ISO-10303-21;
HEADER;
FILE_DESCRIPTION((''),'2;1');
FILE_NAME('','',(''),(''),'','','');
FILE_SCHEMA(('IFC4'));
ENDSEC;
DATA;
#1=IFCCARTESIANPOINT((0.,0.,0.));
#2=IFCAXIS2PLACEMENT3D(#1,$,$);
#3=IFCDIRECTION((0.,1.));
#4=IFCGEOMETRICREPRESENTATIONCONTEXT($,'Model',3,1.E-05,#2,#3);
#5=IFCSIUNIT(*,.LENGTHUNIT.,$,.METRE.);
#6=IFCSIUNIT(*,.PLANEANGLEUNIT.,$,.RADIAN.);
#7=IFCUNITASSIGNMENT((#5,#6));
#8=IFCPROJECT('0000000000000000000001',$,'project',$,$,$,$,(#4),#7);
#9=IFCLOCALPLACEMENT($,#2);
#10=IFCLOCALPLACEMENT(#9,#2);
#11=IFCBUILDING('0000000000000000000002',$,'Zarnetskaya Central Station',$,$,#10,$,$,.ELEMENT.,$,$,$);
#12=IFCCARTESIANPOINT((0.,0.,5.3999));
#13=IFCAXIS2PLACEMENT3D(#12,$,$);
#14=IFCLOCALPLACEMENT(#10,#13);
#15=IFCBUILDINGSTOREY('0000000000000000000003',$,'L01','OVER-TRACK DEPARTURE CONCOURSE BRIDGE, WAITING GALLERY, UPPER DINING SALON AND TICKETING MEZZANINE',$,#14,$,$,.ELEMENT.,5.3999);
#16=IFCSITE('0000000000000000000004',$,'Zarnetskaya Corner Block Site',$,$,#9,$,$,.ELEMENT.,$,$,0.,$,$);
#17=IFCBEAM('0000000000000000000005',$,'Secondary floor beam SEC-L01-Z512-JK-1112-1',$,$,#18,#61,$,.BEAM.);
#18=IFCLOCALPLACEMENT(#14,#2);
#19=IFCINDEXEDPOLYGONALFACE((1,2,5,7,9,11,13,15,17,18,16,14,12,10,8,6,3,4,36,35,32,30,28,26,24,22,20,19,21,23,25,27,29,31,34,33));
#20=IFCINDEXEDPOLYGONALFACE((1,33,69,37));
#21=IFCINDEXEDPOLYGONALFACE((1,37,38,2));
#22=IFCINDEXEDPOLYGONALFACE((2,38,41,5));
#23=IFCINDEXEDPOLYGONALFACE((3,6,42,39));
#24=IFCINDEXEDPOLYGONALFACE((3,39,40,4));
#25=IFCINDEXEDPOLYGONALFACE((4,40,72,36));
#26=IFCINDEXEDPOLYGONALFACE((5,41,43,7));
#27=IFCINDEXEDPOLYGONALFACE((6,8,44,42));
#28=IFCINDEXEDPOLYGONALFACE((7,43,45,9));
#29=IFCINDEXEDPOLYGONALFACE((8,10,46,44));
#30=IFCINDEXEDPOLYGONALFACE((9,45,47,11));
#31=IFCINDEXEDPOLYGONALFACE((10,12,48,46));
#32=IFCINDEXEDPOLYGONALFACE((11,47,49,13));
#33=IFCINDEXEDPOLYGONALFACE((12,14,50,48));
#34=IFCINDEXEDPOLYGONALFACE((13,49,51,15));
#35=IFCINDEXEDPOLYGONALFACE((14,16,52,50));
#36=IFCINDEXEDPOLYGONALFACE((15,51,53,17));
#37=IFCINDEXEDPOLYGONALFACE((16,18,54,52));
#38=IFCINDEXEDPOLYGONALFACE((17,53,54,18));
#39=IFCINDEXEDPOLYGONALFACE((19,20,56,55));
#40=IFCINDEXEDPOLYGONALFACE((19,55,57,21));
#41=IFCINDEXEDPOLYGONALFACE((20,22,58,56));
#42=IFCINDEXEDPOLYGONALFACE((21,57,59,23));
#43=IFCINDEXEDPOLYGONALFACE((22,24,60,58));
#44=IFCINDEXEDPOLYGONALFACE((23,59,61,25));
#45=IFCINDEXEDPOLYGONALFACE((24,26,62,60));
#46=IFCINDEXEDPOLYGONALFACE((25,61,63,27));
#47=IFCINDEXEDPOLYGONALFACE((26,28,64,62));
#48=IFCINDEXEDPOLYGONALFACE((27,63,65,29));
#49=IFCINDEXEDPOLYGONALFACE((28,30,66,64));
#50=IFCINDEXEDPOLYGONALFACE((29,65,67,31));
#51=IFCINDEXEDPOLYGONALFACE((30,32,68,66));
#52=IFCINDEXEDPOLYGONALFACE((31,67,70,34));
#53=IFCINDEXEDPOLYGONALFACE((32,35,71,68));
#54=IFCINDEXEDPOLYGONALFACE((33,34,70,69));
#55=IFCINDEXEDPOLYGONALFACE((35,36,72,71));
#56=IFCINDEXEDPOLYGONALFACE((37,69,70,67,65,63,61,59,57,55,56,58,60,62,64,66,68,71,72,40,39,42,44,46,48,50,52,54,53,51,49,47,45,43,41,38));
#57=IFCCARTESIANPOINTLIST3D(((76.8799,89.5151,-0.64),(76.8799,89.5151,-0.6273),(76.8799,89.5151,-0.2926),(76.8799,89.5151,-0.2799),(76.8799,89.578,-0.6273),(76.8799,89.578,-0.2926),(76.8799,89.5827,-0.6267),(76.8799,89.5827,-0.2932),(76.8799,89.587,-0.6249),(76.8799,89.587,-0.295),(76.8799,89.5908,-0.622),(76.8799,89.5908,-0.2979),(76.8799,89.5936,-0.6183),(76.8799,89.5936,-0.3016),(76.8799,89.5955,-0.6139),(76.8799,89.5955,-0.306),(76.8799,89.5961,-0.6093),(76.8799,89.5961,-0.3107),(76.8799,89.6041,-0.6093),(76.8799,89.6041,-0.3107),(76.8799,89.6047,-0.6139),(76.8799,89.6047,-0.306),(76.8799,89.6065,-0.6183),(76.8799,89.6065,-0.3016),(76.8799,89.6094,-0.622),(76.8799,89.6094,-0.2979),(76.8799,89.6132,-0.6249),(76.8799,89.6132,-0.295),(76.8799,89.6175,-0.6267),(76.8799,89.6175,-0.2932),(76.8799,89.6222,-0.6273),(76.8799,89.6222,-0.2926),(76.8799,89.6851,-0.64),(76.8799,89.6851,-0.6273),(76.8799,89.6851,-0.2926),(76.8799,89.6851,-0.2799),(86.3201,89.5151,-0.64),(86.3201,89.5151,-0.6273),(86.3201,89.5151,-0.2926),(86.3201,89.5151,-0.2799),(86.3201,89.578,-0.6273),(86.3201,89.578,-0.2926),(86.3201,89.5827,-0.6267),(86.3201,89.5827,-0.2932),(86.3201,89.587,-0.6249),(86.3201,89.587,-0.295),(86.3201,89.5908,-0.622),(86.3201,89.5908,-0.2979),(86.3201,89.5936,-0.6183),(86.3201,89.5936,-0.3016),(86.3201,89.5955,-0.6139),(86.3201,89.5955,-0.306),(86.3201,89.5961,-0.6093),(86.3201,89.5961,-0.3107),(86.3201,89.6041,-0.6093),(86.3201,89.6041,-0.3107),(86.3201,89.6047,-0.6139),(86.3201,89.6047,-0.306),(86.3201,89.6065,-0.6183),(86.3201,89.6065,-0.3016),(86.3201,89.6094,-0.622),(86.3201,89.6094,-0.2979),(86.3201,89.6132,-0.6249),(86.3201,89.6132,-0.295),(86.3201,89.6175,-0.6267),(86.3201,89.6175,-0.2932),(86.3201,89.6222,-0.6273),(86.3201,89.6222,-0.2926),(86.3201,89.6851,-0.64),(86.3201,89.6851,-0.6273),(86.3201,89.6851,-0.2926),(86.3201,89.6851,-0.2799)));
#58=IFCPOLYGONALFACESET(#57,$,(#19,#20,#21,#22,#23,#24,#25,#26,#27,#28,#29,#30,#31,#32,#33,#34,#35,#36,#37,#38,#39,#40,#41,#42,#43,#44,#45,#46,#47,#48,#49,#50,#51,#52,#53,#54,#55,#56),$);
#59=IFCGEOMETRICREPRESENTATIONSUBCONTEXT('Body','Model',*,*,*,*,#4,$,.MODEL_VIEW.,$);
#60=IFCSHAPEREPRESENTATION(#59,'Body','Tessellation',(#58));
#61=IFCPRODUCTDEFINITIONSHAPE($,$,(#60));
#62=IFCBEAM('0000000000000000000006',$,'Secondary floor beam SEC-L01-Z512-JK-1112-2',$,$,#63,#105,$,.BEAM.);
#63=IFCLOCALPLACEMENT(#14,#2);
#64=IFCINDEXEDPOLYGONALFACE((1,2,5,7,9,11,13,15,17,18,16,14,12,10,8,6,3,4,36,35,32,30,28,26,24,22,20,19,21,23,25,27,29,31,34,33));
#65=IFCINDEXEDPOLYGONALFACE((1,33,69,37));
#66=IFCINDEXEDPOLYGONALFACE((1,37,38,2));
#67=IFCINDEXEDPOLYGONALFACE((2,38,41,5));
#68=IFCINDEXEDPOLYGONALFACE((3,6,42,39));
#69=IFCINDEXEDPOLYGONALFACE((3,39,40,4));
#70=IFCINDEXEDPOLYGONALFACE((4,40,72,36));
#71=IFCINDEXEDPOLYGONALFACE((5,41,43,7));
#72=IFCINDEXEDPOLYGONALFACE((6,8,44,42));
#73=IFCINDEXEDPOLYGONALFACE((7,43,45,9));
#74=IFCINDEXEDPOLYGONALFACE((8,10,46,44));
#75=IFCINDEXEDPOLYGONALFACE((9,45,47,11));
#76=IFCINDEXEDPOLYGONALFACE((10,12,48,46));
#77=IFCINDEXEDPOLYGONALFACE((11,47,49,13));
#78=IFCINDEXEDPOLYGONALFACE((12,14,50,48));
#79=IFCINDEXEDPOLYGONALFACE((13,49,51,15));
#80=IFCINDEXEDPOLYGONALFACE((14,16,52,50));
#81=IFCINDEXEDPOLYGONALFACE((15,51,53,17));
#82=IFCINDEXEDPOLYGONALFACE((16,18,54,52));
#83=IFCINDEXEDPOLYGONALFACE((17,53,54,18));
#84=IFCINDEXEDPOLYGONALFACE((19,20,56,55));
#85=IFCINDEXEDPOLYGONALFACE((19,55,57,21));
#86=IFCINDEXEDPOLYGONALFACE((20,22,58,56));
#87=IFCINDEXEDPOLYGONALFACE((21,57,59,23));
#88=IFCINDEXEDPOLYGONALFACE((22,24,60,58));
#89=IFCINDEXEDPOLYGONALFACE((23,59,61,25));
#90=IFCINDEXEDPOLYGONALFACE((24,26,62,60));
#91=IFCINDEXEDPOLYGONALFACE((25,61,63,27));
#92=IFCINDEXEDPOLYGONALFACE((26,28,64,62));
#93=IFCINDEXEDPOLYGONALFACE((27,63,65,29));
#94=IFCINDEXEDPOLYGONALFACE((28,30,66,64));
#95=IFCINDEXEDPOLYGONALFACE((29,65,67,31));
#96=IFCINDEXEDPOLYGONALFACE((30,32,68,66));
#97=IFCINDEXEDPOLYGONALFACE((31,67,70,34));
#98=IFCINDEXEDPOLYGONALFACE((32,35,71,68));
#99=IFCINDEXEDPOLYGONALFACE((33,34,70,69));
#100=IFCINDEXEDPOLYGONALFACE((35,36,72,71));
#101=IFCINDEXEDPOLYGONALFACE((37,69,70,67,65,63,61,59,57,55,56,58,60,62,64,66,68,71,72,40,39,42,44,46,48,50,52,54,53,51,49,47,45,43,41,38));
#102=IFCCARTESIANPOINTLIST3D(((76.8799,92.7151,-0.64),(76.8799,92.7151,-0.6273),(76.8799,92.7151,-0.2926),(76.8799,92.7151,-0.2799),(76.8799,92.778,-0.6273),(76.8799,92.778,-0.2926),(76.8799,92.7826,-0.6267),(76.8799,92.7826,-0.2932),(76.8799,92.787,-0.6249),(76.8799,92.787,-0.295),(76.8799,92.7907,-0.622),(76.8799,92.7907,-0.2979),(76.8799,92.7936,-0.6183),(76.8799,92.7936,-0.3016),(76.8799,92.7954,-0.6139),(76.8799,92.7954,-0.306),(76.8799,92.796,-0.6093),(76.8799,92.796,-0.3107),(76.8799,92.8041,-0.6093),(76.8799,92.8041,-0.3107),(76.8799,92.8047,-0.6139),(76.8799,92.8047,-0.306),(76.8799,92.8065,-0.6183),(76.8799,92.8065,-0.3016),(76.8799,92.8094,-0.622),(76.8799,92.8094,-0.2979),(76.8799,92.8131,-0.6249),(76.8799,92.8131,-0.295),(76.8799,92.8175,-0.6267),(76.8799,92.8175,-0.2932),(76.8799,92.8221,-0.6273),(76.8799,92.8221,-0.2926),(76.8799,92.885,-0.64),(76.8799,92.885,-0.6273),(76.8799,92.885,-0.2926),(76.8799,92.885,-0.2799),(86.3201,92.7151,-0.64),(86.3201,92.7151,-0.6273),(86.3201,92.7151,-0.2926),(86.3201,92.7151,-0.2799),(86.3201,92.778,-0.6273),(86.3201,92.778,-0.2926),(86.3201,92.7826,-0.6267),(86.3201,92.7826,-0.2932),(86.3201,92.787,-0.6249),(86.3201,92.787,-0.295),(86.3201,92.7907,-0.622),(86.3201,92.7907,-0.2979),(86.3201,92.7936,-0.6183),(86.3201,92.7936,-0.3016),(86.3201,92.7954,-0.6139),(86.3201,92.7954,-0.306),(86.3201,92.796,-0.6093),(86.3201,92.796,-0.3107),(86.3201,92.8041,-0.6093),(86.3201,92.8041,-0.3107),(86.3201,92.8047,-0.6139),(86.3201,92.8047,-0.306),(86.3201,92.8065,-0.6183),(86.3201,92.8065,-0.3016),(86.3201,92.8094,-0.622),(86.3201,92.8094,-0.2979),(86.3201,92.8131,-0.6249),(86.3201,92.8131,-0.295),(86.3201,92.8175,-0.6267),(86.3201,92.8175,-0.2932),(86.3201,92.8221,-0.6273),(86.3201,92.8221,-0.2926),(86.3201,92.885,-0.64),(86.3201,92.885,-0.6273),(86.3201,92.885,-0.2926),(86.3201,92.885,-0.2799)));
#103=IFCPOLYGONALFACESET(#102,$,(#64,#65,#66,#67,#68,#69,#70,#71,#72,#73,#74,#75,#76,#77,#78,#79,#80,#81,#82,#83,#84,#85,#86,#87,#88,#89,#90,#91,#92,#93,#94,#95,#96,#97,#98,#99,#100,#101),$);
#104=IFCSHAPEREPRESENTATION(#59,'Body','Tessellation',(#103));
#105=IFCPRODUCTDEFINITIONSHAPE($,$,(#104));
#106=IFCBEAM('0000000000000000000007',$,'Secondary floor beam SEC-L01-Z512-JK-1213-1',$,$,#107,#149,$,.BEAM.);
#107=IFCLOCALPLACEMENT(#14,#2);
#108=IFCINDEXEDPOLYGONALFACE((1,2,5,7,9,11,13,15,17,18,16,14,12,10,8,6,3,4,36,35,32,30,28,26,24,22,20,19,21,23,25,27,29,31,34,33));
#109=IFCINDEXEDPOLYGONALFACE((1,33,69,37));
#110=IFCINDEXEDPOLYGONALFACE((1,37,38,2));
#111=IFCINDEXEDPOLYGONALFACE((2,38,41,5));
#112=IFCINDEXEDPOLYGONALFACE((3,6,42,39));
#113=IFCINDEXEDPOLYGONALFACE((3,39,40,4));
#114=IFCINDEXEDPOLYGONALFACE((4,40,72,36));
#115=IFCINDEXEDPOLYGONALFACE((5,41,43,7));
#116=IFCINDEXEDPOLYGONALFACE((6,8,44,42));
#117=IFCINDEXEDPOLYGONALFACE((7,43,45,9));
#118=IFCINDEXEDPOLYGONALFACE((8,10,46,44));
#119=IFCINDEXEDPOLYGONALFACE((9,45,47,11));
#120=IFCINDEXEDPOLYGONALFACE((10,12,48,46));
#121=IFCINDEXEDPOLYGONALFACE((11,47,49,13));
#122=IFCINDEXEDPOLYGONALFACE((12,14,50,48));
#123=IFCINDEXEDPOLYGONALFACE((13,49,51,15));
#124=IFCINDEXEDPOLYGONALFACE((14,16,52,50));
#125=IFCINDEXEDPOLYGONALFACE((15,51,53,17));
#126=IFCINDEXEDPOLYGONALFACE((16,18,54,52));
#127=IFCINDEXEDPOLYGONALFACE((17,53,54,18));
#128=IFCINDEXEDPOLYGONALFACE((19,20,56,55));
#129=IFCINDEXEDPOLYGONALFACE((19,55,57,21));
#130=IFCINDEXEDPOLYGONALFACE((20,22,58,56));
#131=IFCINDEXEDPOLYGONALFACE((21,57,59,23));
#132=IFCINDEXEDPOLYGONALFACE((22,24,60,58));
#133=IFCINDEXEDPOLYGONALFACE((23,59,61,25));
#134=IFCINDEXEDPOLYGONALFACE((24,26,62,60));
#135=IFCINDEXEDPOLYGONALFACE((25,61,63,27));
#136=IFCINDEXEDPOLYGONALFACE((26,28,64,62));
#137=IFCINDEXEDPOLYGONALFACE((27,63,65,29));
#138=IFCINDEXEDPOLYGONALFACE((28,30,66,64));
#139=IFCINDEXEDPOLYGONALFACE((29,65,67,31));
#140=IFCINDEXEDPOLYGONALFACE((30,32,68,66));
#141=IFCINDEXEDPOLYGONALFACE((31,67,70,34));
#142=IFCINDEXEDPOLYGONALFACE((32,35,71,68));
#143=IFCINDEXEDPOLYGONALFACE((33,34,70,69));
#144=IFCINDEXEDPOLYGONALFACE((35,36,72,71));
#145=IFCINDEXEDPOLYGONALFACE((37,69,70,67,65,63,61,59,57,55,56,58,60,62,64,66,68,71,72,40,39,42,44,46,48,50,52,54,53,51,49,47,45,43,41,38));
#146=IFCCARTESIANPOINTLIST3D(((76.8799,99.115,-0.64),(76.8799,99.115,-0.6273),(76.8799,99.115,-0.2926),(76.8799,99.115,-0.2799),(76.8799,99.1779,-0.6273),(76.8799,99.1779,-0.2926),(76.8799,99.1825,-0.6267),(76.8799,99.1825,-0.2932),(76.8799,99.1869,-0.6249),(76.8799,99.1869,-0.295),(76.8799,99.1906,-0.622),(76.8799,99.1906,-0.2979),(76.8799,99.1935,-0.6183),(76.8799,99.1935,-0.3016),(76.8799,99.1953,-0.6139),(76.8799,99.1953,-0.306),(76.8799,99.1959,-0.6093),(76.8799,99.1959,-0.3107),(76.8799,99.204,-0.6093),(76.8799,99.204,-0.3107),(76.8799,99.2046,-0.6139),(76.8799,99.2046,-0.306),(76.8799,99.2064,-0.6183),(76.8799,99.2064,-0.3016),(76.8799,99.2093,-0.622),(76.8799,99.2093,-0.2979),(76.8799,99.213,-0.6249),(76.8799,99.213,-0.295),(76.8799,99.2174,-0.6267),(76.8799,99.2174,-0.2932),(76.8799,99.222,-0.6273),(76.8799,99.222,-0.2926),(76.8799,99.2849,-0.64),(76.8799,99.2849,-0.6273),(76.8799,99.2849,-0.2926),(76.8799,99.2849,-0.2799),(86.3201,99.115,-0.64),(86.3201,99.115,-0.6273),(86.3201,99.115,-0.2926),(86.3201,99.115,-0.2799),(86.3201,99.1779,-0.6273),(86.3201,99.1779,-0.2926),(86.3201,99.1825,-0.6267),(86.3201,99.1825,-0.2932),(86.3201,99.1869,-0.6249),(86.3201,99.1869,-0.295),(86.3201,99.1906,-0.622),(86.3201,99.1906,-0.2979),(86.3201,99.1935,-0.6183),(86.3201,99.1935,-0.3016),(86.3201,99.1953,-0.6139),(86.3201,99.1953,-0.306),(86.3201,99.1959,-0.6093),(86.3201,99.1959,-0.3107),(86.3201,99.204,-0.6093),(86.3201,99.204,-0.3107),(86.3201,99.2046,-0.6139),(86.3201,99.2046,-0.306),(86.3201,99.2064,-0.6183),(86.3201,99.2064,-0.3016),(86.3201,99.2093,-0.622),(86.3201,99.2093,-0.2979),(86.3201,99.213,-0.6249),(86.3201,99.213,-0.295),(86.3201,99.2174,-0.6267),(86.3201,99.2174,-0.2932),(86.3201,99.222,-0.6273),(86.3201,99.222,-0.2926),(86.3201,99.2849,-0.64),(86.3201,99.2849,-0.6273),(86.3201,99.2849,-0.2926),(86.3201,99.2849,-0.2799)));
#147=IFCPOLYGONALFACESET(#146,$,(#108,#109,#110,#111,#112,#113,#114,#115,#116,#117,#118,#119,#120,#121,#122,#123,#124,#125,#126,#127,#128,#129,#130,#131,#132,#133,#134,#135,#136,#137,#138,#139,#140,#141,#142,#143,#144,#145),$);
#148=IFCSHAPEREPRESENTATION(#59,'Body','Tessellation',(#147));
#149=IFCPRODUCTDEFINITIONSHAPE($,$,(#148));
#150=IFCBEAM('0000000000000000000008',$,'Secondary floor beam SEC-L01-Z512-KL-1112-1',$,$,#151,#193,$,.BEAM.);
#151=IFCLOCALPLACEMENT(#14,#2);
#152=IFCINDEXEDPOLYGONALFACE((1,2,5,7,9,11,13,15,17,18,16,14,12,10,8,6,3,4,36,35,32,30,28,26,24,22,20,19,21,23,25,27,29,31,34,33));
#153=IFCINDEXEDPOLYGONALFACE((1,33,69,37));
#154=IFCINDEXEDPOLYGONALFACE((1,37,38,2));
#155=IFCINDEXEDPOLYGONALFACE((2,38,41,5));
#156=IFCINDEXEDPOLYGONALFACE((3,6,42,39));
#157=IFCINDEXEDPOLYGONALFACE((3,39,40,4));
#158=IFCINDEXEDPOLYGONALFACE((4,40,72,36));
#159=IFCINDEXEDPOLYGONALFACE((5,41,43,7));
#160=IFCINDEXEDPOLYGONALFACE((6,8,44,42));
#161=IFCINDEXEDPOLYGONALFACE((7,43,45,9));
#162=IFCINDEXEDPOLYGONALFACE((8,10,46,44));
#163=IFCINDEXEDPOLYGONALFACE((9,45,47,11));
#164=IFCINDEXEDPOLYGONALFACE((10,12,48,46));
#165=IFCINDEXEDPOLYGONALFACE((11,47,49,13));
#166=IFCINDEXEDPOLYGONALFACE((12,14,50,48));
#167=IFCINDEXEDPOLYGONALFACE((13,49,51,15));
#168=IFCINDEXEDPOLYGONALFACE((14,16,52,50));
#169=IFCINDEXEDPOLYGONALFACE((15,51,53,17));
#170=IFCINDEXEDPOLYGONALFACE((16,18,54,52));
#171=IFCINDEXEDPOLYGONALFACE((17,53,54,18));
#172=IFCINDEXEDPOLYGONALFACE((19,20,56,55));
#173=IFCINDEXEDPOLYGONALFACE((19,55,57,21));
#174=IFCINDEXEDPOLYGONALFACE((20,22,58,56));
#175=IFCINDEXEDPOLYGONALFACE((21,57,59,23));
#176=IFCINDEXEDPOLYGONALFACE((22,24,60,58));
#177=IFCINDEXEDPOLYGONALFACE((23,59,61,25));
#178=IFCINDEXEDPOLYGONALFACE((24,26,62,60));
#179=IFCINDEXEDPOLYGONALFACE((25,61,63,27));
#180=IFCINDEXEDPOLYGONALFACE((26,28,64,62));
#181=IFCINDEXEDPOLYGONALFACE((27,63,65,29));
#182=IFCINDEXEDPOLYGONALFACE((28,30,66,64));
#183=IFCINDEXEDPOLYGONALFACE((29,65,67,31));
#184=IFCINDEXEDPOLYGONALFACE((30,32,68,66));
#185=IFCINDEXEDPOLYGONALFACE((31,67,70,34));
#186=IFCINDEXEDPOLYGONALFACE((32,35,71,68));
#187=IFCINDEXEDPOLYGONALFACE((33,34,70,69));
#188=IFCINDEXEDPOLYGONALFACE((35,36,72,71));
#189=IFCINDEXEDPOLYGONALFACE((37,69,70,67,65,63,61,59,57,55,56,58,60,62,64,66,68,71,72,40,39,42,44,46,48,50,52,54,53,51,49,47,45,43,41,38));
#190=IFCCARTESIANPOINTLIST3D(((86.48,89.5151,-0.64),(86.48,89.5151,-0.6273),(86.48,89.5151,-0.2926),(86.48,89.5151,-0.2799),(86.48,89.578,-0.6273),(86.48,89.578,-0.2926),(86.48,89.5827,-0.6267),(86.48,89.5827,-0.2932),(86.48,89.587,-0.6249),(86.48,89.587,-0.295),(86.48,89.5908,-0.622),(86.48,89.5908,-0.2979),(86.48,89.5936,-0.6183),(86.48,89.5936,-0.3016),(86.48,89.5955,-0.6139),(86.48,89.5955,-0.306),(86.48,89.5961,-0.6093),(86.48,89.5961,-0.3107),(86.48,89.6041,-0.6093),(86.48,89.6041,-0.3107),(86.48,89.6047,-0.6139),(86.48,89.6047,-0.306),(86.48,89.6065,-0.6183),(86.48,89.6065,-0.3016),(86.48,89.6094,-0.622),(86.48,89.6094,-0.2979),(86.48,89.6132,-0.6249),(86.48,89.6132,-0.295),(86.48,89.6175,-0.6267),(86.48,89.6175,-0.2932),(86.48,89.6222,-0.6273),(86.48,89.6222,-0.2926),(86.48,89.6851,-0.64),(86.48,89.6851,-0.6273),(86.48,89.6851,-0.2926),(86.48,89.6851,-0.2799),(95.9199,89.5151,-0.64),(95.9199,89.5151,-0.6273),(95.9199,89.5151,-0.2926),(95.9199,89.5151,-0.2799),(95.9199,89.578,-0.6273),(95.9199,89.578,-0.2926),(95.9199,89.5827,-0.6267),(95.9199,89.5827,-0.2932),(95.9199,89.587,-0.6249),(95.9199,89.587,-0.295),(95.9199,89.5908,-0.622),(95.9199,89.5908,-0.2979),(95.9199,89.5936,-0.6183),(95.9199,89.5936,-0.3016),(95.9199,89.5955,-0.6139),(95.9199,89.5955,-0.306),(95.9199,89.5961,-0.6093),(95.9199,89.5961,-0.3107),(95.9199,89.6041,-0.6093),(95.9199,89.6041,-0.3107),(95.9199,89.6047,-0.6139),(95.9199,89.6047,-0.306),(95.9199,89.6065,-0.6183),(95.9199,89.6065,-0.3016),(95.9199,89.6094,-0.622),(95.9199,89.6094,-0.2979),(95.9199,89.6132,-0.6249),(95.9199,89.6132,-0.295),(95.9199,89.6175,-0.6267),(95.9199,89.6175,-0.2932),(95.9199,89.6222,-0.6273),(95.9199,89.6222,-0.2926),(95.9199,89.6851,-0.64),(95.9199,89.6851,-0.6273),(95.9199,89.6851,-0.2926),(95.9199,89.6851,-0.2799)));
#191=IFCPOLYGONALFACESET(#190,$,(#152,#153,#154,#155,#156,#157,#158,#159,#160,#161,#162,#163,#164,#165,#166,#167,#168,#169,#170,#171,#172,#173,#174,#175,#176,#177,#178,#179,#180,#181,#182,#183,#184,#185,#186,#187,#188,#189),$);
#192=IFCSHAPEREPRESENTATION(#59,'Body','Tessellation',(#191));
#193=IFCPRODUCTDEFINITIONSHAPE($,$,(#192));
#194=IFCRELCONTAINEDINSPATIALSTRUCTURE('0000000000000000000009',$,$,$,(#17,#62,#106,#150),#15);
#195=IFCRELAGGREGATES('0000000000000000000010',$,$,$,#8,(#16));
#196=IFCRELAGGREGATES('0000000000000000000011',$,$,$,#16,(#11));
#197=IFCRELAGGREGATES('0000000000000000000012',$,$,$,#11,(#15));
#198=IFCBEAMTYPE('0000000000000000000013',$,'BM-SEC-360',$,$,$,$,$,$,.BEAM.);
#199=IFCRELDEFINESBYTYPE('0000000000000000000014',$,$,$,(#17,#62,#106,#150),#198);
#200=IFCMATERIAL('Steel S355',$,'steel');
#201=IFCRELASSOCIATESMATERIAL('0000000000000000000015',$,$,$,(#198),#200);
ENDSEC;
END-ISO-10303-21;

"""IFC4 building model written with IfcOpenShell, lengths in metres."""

from ifc_helpers import new_model, si_unit, direction, frame, origin, origin_2d, place, context, subcontext, project, spatial, i_section, extrude, material, material_profile, profile_set, type_object, element, save


model = new_model("IFC4")

# Units and contexts
model_context = context("Model", 3, precision=1e-05, world=origin(), true_north=direction((0.0, 1.0)))
body_context = subcontext(model_context, "Body", "Model", "MODEL_VIEW")
ifc_project = project(units=[si_unit("LENGTHUNIT", "METRE"), si_unit("PLANEANGLEUNIT", "RADIAN")], contexts=[model_context])

# Site, building, storey
site_placement = place(None, origin())
site = spatial("IfcSite", under=ifc_project, at=site_placement, Name="Zarnetskaya Corner Block Site", CompositionType="ELEMENT", RefElevation=0.0)
building_placement = place(site_placement, origin())
building = spatial("IfcBuilding", under=site, at=building_placement, Name="Zarnetskaya Central Station", CompositionType="ELEMENT")
storey_placement = place(building_placement, frame((0.0, 0.0, 5.3999)))
storey = spatial("IfcBuildingStorey", under=building, at=storey_placement, Name="L01", Description="OVER-TRACK DEPARTURE CONCOURSE BRIDGE, WAITING GALLERY, UPPER DINING SALON AND TICKETING MEZZANINE", CompositionType="ELEMENT", Elevation=5.3999)

# Shared definitions
ifc_material_1 = material(Name="Steel S355", Category="steel")

# Beams
ifc_material_profile_1 = material_profile(ifc_material_1, i_section(OverallWidth=0.1699, OverallDepth=0.3601, WebThickness=0.0081, FlangeThickness=0.0127, FilletRadius=0.0181, at=origin_2d()), Name="IPE 360")
ifc_profile_set_1 = profile_set([ifc_material_profile_1], Name="Steel S355")
beam_type_1 = type_object("IfcBeamType", Name="BM-SEC-360", PredefinedType="BEAM", material=ifc_profile_set_1)
for number, where, z_axis, x_axis, name in (
    (1, (76.8799, 89.6001, -0.46), (1.0, 0.0, 0.0), (0.0, 1.0, 0.0), "Secondary floor beam SEC-L01-Z512-JK-1112-1"),
    (2, (76.8799, 92.8, -0.46), (1.0, 0.0, 0.0), (0.0, 1.0, 0.0), "Secondary floor beam SEC-L01-Z512-JK-1112-2"),
    (3, (76.8799, 99.2, -0.46), (1.0, 0.0, 0.0), (0.0, 1.0, 0.0), "Secondary floor beam SEC-L01-Z512-JK-1213-1"),
):
    element("IfcBeam", number, at=place(storey_placement, frame(where, z_axis=z_axis, x_axis=x_axis)), inside=storey, type_object=beam_type_1, Name=name, PredefinedType="BEAM", context=body_context, shape_type="SweptSolid", body=[
        extrude(i_section(OverallWidth=0.1699, OverallDepth=0.3601, WebThickness=0.0081, FlangeThickness=0.0127, FilletRadius=0.0181, at=origin_2d()), origin(), (0.0, 0.0, 1.0), 9.4402),
    ])
for number, where, z_axis, x_axis, name in (
    (4, (86.48, 89.6001, -0.46), (1.0, 0.0, 0.0), (0.0, 1.0, 0.0), "Secondary floor beam SEC-L01-Z512-KL-1112-1"),
):
    element("IfcBeam", number, at=place(storey_placement, frame(where, z_axis=z_axis, x_axis=x_axis)), inside=storey, type_object=beam_type_1, Name=name, PredefinedType="BEAM", context=body_context, shape_type="SweptSolid", body=[
        extrude(i_section(OverallWidth=0.1699, OverallDepth=0.3601, WebThickness=0.0081, FlangeThickness=0.0127, FilletRadius=0.0181, at=origin_2d()), origin(), (0.0, 0.0, 1.0), 9.4399),
    ])

save(model, "model.ifc")
